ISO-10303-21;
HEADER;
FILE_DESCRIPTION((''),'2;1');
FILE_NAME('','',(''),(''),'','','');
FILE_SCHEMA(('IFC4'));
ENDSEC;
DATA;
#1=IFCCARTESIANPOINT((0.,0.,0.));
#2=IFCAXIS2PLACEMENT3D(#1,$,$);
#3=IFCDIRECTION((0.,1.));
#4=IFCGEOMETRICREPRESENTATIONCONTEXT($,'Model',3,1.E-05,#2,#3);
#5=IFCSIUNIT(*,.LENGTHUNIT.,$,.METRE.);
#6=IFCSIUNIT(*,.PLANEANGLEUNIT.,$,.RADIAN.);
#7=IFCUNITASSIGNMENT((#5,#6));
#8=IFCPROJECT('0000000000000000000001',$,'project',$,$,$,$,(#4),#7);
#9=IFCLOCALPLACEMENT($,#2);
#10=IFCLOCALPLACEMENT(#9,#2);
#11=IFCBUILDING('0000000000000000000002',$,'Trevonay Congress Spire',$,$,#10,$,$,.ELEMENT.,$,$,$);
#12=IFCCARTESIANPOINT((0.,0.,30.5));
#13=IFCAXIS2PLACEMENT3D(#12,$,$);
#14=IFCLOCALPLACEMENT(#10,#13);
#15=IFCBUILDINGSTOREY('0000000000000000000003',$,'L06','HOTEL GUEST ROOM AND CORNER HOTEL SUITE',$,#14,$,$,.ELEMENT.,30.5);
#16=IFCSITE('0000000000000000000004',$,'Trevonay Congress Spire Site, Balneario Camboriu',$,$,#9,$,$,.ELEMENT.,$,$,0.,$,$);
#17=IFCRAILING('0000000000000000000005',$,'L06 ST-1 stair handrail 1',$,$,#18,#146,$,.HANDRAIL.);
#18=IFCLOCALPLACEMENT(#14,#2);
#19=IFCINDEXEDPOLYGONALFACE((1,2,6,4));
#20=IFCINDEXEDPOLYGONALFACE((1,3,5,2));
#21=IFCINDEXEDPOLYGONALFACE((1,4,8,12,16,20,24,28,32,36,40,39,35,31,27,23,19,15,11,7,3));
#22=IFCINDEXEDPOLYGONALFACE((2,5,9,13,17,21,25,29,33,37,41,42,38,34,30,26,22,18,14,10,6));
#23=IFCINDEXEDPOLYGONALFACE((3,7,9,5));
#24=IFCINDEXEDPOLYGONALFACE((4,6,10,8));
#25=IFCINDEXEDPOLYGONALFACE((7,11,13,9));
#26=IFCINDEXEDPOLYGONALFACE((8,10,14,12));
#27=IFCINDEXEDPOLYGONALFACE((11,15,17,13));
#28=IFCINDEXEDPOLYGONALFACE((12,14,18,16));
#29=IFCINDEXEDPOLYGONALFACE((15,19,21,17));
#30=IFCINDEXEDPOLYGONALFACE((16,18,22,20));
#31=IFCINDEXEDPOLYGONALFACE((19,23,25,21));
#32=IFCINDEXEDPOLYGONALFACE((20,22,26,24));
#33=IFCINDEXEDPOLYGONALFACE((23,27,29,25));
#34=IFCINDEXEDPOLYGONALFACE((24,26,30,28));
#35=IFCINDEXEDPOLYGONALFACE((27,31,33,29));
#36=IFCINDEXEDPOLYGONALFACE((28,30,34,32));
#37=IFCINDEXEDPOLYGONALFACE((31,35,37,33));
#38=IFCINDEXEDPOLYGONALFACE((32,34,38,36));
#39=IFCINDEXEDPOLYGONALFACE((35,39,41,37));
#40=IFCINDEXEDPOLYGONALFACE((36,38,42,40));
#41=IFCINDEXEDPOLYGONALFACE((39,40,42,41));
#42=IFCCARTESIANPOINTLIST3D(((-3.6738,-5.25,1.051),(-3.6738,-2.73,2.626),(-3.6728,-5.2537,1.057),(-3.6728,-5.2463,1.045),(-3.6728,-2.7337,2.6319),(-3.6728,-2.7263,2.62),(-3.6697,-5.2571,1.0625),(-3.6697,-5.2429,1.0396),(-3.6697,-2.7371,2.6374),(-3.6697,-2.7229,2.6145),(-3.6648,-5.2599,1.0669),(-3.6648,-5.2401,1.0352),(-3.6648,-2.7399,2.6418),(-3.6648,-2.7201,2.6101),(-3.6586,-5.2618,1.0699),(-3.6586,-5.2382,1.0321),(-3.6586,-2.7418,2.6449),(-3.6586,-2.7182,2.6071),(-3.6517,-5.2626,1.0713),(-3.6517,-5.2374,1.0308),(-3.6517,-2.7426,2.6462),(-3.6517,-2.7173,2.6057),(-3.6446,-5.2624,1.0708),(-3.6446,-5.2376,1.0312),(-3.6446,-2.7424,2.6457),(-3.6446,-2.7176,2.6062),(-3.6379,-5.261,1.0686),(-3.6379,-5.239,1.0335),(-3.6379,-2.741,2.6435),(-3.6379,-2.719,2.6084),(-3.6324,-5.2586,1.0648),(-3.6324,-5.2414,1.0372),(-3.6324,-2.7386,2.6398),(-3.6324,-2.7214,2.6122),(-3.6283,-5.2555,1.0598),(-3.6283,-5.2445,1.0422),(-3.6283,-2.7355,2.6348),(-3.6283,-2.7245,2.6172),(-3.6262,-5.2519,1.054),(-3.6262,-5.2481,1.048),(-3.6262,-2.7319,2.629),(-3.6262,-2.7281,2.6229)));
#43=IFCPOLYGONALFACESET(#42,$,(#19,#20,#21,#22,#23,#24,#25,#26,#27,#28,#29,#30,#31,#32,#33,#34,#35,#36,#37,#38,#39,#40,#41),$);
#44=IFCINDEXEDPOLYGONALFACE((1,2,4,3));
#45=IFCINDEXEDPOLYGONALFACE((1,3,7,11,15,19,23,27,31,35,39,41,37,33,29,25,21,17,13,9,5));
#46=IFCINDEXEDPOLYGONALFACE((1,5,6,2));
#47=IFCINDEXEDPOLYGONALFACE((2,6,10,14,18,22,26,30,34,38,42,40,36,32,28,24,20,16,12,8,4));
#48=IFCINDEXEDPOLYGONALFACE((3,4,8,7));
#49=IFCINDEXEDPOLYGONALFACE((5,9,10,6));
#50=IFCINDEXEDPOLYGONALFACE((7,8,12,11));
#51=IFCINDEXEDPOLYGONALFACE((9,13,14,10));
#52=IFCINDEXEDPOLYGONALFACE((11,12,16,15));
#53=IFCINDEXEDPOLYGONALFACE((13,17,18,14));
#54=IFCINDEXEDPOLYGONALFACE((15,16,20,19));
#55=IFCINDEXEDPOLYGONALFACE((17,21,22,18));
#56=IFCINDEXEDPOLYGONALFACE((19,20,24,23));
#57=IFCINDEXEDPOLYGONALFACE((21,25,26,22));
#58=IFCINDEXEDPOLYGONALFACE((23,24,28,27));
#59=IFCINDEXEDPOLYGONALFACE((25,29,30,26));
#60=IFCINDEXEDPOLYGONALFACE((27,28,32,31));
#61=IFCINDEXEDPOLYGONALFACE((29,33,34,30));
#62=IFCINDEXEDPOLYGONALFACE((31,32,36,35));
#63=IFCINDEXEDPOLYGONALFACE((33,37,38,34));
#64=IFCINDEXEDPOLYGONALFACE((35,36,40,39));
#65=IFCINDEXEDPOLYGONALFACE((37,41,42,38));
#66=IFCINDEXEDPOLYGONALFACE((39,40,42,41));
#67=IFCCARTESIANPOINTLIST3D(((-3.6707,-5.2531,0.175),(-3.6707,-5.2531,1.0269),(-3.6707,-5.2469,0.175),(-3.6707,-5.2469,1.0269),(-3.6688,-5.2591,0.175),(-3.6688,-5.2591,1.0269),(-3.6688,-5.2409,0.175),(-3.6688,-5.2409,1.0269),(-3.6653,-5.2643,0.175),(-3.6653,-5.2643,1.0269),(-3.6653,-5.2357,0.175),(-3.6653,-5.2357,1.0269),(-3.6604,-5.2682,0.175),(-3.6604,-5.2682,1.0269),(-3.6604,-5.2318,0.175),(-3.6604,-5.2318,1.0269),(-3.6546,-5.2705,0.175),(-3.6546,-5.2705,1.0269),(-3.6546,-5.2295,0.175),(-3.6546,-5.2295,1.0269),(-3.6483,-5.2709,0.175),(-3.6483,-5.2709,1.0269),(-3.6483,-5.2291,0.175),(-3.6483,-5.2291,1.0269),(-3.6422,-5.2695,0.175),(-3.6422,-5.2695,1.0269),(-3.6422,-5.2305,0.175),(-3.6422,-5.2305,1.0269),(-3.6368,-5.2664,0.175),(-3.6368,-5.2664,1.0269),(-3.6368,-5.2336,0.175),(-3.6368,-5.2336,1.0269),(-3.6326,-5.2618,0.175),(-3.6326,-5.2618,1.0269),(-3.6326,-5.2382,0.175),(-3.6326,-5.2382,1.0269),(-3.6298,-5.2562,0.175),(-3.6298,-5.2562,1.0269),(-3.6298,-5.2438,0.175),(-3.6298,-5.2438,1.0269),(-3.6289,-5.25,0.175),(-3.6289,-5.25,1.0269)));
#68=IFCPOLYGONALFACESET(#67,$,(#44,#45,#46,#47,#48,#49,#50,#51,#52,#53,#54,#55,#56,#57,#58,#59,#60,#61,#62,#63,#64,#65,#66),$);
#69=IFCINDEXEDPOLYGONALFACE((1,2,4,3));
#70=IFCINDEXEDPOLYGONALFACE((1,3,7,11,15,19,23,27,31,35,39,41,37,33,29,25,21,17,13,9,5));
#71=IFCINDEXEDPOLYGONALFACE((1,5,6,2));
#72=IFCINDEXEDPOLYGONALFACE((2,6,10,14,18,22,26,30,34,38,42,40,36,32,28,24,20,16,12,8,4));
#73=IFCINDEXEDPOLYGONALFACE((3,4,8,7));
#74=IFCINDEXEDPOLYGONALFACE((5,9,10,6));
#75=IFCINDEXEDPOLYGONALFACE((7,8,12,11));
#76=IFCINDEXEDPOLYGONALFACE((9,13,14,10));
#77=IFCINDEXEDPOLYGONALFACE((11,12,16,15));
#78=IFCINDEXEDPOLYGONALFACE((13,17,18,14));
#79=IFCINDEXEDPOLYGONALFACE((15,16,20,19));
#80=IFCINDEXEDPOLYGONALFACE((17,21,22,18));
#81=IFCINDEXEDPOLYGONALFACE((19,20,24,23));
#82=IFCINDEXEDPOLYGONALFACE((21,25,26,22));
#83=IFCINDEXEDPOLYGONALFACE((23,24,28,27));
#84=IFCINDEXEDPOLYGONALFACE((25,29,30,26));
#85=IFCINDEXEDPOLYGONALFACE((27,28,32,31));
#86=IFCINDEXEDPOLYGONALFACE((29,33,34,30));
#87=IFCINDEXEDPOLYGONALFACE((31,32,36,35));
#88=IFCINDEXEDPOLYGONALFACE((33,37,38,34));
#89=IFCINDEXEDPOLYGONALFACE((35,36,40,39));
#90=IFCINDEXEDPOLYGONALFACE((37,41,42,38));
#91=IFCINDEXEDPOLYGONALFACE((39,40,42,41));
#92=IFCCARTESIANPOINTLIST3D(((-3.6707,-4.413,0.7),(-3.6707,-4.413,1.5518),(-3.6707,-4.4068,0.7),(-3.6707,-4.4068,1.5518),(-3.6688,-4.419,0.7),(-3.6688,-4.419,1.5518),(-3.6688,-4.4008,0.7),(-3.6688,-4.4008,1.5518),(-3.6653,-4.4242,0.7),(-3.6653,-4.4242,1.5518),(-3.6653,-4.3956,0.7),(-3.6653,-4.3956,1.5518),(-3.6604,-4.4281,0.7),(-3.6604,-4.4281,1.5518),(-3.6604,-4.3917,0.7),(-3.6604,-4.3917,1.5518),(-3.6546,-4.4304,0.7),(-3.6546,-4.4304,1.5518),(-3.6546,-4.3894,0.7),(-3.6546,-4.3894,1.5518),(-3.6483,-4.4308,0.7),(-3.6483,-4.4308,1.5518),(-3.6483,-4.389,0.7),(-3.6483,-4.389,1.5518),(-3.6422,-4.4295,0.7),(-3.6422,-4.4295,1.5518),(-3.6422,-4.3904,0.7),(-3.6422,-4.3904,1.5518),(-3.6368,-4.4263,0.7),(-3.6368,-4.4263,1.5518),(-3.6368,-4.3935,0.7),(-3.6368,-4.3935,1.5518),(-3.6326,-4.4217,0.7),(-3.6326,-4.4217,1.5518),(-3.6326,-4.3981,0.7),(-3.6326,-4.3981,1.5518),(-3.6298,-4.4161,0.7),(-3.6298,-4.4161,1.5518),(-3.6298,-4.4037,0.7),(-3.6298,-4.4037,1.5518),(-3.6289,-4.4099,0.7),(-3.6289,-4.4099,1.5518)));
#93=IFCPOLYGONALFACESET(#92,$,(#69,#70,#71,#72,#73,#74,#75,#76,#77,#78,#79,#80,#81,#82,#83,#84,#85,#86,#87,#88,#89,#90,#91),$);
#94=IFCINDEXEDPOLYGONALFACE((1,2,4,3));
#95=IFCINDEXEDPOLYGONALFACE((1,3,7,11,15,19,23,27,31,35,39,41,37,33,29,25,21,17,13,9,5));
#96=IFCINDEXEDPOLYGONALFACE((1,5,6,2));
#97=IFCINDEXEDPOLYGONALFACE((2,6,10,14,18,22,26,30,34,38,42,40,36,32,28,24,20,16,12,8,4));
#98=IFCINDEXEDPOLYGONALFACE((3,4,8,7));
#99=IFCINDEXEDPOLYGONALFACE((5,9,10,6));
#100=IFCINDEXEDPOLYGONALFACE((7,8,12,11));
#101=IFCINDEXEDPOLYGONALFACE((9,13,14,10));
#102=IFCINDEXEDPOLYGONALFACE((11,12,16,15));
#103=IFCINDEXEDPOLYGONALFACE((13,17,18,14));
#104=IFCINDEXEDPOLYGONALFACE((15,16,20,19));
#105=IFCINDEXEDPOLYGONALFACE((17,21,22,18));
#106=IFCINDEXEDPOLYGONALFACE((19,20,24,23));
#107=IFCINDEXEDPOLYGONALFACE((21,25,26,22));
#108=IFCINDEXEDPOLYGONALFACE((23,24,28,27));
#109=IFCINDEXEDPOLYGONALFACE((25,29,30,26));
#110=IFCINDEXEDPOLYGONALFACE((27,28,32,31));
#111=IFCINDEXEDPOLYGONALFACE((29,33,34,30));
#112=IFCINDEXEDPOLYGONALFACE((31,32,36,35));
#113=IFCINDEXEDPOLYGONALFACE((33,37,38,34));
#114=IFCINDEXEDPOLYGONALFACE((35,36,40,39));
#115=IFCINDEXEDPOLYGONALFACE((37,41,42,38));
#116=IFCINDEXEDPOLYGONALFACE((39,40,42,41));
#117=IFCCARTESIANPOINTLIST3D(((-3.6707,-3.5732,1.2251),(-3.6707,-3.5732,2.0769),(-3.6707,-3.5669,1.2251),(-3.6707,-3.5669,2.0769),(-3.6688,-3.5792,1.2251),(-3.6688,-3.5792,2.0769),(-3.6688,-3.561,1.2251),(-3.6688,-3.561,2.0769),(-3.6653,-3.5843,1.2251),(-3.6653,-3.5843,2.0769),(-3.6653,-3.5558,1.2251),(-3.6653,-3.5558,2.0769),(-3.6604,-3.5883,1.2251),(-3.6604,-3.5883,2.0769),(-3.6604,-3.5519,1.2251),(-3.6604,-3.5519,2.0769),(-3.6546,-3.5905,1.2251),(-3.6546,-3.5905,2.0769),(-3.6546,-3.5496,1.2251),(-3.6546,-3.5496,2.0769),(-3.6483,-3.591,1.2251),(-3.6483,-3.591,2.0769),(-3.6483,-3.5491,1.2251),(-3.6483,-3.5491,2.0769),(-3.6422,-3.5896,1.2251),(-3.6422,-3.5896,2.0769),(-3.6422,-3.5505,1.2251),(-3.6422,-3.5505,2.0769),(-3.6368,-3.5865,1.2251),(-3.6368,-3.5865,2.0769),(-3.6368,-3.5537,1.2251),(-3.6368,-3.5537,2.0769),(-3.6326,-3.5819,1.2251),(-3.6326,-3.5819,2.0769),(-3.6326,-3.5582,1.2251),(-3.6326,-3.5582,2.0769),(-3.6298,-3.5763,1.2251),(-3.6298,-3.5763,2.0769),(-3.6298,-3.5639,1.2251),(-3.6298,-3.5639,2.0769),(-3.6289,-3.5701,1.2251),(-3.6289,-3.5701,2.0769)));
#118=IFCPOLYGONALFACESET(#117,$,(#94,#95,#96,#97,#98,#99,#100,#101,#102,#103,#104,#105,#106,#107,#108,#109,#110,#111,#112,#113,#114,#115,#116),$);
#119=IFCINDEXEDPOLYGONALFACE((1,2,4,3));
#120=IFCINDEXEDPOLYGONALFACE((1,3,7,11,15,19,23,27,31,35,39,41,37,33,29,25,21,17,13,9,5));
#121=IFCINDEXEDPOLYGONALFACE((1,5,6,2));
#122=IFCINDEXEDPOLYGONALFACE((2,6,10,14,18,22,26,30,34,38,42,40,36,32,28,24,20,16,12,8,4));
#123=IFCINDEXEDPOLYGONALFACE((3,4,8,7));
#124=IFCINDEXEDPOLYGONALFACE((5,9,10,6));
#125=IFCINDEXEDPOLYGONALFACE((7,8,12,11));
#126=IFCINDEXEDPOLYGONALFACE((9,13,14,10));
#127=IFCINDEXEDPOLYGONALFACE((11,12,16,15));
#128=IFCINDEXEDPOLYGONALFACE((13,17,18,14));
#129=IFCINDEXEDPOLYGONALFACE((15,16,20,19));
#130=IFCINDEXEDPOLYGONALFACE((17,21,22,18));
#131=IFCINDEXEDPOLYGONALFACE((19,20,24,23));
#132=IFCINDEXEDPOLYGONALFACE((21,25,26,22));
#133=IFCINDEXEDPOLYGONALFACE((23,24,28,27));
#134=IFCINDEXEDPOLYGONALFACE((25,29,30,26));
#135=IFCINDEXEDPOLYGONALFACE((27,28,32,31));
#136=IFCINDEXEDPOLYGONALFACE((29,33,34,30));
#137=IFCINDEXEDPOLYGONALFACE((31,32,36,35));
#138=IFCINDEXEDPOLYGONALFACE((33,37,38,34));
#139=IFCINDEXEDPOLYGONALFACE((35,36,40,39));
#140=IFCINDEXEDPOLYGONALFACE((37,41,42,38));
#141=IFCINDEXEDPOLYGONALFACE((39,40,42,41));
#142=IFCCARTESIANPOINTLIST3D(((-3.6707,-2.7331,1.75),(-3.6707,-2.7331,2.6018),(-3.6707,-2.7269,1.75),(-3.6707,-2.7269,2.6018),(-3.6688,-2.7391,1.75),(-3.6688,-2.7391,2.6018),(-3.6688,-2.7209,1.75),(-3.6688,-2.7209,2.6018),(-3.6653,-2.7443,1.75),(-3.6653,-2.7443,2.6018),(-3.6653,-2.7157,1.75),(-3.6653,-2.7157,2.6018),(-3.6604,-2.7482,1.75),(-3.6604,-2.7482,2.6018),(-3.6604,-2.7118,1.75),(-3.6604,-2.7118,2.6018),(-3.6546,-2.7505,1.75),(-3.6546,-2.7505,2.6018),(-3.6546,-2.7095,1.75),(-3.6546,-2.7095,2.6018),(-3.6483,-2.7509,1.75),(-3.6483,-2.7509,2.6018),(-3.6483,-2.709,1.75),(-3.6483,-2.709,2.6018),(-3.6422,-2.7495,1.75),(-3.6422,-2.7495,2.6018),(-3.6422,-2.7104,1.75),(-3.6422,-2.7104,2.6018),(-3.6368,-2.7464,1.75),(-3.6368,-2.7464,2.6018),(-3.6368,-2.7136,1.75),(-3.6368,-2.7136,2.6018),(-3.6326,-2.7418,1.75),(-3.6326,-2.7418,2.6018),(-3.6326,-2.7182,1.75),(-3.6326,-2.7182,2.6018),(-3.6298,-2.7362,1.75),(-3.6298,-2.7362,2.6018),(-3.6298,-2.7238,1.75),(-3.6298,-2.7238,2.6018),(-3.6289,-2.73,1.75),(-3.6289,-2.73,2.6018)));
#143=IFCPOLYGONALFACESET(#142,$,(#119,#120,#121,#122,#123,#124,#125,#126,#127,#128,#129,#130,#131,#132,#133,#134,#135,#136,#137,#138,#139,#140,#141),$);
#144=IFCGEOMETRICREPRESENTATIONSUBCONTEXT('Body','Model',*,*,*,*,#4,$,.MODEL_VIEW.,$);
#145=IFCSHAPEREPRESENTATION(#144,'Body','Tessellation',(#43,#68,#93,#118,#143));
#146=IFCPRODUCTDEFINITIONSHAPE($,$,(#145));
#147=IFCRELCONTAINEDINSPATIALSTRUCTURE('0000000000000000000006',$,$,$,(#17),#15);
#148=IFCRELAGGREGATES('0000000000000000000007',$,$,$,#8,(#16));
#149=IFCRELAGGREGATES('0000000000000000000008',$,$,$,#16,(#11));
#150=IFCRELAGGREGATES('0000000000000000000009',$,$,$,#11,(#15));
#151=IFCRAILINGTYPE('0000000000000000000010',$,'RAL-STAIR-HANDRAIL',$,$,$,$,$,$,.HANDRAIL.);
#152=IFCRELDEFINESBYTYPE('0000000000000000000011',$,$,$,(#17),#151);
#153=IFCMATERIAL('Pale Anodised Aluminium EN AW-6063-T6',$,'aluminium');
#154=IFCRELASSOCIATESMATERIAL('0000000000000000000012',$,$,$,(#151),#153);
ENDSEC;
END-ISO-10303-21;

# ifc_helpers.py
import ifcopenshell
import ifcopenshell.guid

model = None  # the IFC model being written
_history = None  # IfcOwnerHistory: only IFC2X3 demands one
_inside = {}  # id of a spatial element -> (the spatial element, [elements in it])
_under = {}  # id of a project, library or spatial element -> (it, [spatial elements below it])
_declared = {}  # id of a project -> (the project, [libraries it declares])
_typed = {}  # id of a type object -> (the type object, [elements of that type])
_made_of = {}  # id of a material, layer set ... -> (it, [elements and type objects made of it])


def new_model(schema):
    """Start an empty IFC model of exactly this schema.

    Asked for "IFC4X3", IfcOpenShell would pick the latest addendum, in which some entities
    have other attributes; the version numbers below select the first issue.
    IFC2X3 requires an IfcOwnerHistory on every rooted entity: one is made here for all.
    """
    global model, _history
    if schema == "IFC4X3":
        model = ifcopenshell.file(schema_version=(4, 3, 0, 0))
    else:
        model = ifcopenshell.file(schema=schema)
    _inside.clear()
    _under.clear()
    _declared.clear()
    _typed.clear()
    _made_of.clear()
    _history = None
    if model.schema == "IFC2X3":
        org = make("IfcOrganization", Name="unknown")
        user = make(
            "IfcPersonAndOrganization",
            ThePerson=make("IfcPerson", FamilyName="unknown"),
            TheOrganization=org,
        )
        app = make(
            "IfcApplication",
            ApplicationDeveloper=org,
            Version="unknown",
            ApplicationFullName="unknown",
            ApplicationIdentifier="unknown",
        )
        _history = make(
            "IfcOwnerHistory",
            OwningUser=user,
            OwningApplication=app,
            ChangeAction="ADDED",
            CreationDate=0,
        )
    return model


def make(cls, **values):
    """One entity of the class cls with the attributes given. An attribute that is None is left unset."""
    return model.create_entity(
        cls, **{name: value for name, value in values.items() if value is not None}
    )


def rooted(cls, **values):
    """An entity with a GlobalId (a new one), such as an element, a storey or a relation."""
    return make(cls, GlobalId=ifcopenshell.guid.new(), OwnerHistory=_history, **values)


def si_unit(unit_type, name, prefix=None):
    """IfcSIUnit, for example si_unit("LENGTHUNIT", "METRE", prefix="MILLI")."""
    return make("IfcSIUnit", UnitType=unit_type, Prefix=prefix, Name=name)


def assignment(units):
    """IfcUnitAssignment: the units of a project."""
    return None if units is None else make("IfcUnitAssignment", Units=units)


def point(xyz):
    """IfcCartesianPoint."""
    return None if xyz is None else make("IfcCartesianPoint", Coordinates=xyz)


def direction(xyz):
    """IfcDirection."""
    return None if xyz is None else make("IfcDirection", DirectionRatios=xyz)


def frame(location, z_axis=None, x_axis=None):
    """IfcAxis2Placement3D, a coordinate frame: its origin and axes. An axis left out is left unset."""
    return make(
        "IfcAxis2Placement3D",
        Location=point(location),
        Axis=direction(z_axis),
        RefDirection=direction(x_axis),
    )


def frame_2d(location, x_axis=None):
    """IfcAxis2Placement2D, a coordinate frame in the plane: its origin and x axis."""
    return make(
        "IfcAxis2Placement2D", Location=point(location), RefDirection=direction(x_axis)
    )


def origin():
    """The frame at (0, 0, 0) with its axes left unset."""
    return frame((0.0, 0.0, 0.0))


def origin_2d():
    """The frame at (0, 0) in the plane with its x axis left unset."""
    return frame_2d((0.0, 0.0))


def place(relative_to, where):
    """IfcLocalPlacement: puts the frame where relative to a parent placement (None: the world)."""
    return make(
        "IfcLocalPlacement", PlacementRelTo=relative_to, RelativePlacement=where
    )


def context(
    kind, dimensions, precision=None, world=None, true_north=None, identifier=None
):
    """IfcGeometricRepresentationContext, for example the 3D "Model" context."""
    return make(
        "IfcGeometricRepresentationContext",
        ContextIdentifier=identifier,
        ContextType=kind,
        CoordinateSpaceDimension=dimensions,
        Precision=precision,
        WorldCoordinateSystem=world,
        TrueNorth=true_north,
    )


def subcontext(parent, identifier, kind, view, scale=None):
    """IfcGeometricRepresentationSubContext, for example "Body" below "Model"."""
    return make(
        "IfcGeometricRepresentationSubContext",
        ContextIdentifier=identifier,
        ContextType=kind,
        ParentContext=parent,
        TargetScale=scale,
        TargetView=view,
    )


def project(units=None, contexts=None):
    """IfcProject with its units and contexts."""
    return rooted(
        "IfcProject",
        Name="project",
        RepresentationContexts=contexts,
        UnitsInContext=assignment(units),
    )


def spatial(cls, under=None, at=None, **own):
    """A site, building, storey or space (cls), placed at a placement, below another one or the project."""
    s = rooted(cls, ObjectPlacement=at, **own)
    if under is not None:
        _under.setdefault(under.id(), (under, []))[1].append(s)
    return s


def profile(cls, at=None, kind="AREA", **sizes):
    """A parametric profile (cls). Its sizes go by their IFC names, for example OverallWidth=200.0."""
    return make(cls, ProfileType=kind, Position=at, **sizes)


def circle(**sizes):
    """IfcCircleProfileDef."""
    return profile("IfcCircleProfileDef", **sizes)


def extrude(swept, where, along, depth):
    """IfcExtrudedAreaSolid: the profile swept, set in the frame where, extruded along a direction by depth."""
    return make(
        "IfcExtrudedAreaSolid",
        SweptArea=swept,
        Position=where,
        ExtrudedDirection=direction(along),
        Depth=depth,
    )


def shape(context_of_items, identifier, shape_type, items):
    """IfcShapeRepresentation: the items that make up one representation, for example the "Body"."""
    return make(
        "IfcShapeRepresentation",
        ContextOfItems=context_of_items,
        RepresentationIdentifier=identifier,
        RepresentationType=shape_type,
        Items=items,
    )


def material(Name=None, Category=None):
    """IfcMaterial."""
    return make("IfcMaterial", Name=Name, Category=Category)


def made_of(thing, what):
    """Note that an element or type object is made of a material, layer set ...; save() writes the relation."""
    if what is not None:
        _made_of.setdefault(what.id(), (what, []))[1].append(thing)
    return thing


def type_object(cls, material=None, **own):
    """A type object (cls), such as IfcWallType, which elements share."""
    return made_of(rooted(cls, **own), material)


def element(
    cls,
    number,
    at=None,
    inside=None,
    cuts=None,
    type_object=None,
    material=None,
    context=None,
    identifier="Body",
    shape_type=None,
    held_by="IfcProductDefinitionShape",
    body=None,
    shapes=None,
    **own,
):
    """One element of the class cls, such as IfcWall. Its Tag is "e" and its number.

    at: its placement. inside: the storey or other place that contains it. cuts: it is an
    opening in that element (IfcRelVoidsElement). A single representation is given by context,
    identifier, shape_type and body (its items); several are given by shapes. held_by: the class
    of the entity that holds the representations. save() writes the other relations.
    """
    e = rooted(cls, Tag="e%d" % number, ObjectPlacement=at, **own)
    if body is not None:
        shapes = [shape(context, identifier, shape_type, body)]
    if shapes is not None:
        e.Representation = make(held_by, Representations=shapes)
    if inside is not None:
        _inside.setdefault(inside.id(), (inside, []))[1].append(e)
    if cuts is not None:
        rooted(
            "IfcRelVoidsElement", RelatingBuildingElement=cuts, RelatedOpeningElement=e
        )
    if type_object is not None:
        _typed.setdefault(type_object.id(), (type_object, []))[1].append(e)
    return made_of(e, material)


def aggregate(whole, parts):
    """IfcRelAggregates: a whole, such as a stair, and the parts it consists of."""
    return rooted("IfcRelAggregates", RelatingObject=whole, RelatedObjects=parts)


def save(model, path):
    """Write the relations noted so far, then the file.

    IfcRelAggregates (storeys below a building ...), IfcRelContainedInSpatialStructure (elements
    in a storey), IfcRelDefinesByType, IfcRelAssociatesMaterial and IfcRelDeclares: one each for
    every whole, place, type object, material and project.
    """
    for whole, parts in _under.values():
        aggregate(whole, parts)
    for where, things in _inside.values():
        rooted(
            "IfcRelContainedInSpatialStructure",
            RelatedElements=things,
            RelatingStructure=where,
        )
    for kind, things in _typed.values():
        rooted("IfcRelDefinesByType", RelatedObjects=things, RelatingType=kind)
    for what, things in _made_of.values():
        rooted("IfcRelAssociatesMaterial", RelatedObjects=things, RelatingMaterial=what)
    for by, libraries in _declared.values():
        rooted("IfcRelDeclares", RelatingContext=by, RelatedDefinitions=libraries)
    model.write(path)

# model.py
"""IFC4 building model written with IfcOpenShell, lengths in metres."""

from ifc_helpers import new_model, si_unit, direction, frame, origin, origin_2d, place, context, subcontext, project, spatial, circle, extrude, material, type_object, element, save


model = new_model("IFC4")

# Units and contexts
model_context = context("Model", 3, precision=1e-05, world=origin(), true_north=direction((0.0, 1.0)))
body_context = subcontext(model_context, "Body", "Model", "MODEL_VIEW")
ifc_project = project(units=[si_unit("LENGTHUNIT", "METRE"), si_unit("PLANEANGLEUNIT", "RADIAN")], contexts=[model_context])

# Site, building, storey
site_placement = place(None, origin())
site = spatial("IfcSite", under=ifc_project, at=site_placement, Name="Trevonay Congress Spire Site, Balneario Camboriu", CompositionType="ELEMENT", RefElevation=0.0)
building_placement = place(site_placement, origin())
building = spatial("IfcBuilding", under=site, at=building_placement, Name="Trevonay Congress Spire", CompositionType="ELEMENT")
storey_placement = place(building_placement, frame((0.0, 0.0, 30.5)))
storey = spatial("IfcBuildingStorey", under=building, at=storey_placement, Name="L06", Description="HOTEL GUEST ROOM AND CORNER HOTEL SUITE", CompositionType="ELEMENT", Elevation=30.5)

# Shared definitions
ifc_material_1 = material(Name="Pale Anodised Aluminium EN AW-6063-T6", Category="aluminium")

# Railing
railing_type = type_object("IfcRailingType", Name="RAL-STAIR-HANDRAIL", PredefinedType="HANDRAIL", material=ifc_material_1)
railing_placement = place(storey_placement, frame((-3.6499, -5.25, 0.175)))
element("IfcRailing", 1, at=railing_placement, inside=storey, type_object=railing_type, Name="L06 ST-1 stair handrail 1", PredefinedType="HANDRAIL", context=body_context, shape_type="SweptSolid", body=[
    extrude(circle(Radius=0.0239, at=origin_2d()), frame((0.0, 0.0, 0.876), z_axis=(0.0, 0.848008, 0.529984), x_axis=(-1.0, 0.0, 0.0)), (0.0, 0.0, 1.0), 2.9717),
    extrude(circle(Radius=0.021, at=origin_2d()), origin(), (0.0, 0.0, 1.0), 0.8518),
    extrude(circle(Radius=0.021, at=origin_2d()), frame((0.0, 0.8401, 0.5249)), (0.0, 0.0, 1.0), 0.8518),
    extrude(circle(Radius=0.021, at=origin_2d()), frame((0.0, 1.6799, 1.05)), (0.0, 0.0, 1.0), 0.8518),
    extrude(circle(Radius=0.021, at=origin_2d()), frame((0.0, 2.52, 1.575)), (0.0, 0.0, 1.0), 0.8518),
])

save(model, "model.ifc")
